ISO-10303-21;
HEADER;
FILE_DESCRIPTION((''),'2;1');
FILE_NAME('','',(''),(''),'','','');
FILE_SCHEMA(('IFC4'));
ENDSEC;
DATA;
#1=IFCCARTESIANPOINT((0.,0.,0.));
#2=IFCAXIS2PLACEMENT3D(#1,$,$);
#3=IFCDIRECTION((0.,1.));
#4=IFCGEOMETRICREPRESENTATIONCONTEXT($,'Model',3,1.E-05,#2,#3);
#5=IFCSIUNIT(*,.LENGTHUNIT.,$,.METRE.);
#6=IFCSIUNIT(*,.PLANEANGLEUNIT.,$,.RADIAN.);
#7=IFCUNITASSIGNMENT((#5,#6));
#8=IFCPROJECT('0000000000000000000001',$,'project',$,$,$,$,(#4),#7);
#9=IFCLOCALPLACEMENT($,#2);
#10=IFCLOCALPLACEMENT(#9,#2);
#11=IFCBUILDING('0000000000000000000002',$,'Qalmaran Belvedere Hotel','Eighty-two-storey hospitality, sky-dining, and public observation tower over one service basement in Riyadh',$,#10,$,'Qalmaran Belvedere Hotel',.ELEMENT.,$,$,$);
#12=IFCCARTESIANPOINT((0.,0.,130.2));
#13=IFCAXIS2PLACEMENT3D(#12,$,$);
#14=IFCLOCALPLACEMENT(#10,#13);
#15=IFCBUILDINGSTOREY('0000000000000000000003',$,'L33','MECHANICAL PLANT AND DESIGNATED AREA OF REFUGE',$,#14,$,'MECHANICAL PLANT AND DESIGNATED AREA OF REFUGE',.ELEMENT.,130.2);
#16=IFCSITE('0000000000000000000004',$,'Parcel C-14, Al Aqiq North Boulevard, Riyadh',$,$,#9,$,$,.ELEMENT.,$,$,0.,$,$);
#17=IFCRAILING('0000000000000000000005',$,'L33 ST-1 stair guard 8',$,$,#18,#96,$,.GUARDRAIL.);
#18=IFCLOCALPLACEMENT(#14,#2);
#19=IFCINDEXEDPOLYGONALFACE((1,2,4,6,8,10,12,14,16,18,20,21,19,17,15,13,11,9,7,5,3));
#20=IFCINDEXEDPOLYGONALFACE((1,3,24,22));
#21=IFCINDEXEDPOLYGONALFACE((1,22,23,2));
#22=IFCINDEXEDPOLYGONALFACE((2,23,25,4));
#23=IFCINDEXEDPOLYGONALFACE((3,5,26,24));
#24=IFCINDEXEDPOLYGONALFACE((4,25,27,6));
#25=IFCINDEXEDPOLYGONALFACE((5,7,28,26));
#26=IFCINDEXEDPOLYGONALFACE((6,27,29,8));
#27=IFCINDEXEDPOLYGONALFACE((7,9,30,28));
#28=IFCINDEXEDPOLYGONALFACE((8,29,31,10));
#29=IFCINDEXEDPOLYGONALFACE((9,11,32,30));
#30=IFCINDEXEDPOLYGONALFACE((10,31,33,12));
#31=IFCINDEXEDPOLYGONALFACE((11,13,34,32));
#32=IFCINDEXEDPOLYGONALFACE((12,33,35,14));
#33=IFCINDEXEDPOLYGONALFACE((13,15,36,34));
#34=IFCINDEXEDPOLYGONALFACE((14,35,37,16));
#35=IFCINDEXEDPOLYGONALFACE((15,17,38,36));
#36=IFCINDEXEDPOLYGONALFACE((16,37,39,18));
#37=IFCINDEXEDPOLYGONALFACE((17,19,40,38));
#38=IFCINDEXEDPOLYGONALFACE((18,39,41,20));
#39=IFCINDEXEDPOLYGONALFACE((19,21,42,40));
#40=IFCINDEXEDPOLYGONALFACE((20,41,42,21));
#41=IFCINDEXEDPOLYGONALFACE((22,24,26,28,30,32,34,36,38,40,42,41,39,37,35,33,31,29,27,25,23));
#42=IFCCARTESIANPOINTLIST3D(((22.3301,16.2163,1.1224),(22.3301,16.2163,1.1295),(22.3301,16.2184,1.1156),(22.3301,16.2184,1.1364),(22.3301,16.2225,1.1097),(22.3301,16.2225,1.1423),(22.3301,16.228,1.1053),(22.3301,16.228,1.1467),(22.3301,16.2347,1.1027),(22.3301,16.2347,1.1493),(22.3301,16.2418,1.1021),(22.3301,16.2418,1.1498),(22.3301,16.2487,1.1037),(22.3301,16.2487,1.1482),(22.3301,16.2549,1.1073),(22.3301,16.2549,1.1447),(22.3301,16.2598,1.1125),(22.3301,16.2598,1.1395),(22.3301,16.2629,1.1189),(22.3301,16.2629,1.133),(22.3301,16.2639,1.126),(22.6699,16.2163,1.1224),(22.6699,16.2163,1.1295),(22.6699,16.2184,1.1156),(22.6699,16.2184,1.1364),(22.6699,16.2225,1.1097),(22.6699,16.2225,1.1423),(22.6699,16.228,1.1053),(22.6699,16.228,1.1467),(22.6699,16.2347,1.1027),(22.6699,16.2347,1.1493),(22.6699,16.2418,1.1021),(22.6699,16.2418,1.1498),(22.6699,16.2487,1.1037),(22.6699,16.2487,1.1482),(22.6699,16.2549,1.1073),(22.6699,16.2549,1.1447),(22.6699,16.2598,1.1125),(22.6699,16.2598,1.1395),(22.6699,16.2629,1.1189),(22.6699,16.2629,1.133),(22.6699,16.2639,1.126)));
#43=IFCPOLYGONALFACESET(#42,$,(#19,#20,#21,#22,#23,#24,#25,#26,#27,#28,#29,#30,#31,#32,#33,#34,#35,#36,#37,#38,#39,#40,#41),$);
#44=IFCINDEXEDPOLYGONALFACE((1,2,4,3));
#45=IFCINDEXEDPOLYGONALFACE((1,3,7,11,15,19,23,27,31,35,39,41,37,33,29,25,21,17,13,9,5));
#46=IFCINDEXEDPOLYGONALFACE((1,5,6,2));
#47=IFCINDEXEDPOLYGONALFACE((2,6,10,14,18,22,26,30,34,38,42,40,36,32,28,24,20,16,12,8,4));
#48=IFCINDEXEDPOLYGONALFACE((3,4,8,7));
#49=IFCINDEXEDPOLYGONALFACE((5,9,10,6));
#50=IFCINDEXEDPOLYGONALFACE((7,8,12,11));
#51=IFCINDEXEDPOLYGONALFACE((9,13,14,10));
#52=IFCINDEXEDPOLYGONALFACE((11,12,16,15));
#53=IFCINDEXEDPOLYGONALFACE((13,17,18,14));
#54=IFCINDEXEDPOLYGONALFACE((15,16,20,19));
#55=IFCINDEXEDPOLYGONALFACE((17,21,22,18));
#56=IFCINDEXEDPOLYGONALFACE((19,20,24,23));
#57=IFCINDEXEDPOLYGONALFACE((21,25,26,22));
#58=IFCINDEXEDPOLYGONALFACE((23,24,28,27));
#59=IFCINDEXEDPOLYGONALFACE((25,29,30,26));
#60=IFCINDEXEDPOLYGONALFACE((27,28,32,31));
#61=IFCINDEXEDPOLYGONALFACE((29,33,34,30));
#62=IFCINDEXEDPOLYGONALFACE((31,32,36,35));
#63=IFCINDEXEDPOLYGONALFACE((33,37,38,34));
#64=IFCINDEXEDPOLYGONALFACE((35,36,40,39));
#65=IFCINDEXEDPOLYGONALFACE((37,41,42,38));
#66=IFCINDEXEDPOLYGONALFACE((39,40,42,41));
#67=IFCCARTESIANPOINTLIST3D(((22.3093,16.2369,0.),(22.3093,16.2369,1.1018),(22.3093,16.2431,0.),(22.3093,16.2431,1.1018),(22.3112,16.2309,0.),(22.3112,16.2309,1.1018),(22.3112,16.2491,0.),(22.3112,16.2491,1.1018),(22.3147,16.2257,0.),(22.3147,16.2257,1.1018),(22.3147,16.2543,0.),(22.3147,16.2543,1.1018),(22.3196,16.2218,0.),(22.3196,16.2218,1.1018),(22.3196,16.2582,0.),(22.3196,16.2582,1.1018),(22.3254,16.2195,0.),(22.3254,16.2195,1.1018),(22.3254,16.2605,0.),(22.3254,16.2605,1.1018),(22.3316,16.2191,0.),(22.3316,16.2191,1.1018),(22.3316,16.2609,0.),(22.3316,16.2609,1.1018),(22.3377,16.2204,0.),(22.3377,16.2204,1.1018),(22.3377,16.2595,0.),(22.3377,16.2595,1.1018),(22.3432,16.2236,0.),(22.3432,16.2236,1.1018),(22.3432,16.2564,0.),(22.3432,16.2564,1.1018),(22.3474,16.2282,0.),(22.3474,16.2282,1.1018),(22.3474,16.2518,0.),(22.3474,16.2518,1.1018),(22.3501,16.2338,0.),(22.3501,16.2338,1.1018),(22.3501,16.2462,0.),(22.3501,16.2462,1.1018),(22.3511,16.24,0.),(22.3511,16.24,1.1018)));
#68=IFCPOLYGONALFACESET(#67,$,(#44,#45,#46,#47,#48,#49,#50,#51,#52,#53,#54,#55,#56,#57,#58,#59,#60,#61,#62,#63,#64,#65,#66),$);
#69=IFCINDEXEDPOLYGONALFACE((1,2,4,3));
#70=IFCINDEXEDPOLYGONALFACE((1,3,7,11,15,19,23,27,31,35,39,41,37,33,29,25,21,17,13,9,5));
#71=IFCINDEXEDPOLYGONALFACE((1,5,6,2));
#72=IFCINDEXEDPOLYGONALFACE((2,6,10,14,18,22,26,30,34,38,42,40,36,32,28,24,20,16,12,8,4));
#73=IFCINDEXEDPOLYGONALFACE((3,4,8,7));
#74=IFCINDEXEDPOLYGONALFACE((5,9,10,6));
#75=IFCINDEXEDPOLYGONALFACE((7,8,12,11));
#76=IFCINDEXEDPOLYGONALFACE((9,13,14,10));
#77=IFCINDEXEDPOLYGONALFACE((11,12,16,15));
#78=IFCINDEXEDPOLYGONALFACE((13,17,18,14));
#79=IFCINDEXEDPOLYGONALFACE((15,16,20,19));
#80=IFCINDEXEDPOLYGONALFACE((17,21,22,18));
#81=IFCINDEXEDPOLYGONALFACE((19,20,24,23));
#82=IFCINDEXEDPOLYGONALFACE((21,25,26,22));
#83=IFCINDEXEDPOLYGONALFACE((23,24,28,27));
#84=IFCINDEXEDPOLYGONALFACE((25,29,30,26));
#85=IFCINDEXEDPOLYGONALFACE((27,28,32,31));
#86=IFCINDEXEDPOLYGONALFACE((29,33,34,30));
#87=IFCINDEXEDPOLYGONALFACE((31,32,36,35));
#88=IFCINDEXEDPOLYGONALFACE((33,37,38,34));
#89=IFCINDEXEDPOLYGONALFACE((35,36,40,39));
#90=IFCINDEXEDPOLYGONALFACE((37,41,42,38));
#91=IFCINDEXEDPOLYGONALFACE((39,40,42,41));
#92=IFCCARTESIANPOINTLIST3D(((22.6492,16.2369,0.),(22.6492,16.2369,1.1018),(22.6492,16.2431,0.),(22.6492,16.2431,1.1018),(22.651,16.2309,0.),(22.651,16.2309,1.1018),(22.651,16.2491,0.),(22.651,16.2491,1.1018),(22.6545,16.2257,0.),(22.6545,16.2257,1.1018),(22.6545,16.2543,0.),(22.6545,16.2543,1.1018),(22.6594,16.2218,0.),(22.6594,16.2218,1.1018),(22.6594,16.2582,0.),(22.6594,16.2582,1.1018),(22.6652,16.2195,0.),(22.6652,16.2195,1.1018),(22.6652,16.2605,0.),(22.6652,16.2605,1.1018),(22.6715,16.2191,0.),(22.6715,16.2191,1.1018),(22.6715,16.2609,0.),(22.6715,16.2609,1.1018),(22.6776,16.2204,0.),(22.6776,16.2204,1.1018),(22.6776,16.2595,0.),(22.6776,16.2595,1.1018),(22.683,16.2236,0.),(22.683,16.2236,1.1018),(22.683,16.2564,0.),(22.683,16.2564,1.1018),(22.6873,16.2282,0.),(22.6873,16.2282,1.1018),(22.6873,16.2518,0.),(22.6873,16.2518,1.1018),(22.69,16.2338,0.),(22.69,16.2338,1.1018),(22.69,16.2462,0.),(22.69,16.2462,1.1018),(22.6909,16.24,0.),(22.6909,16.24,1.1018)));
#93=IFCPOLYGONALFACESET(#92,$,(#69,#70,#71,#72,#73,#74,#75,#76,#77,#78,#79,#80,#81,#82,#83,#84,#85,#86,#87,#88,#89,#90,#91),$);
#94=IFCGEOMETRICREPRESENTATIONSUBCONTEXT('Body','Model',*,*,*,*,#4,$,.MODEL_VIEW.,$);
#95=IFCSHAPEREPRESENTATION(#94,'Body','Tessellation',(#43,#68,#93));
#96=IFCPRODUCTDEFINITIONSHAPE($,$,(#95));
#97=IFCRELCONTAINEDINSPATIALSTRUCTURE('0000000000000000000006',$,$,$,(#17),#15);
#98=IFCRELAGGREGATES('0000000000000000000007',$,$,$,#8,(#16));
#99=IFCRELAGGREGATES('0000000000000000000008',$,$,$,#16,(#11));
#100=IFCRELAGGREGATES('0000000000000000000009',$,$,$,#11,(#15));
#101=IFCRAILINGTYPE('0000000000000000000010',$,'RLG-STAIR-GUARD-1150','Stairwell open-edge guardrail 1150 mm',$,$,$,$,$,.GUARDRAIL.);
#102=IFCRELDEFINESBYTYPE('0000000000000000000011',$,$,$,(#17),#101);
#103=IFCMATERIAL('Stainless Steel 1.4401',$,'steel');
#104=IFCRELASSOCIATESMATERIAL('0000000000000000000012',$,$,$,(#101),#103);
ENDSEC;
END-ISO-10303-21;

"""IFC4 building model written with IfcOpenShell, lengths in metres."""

from ifc_helpers import new_model, si_unit, direction, frame, origin, origin_2d, place, context, subcontext, project, spatial, circle, extrude, material, type_object, element, save


model = new_model("IFC4")

# Units and contexts
model_context = context("Model", 3, precision=1e-05, world=origin(), true_north=direction((0.0, 1.0)))
body_context = subcontext(model_context, "Body", "Model", "MODEL_VIEW")
ifc_project = project(units=[si_unit("LENGTHUNIT", "METRE"), si_unit("PLANEANGLEUNIT", "RADIAN")], contexts=[model_context])

# Site, building, storey
site_placement = place(None, origin())
site = spatial("IfcSite", under=ifc_project, at=site_placement, Name="Parcel C-14, Al Aqiq North Boulevard, Riyadh", CompositionType="ELEMENT", RefElevation=0.0)
building_placement = place(site_placement, origin())
building = spatial("IfcBuilding", under=site, at=building_placement, Name="Qalmaran Belvedere Hotel", Description="Eighty-two-storey hospitality, sky-dining, and public observation tower over one service basement in Riyadh", LongName="Qalmaran Belvedere Hotel", CompositionType="ELEMENT")
storey_placement = place(building_placement, frame((0.0, 0.0, 130.2)))
storey = spatial("IfcBuildingStorey", under=building, at=storey_placement, Name="L33", Description="MECHANICAL PLANT AND DESIGNATED AREA OF REFUGE", LongName="MECHANICAL PLANT AND DESIGNATED AREA OF REFUGE", CompositionType="ELEMENT", Elevation=130.2)

# Railing
ifc_material_1 = material(Name="Stainless Steel 1.4401", Category="steel")
railing_type_1 = type_object("IfcRailingType", Name="RLG-STAIR-GUARD-1150", Description="Stairwell open-edge guardrail 1150 mm", PredefinedType="GUARDRAIL", material=ifc_material_1)
railing_1_placement = place(storey_placement, frame((22.3301, 16.24, 0.0)))
element("IfcRailing", 1, at=railing_1_placement, inside=storey, type_object=railing_type_1, Name="L33 ST-1 stair guard 8", PredefinedType="GUARDRAIL", context=body_context, shape_type="SweptSolid", body=[
    extrude(circle(Radius=0.0239, at=origin_2d()), frame((0.0, 0.0, 1.126), z_axis=(1.0, 0.0, 0.0), x_axis=(0.0, 1.0, 0.0)), (0.0, 0.0, 1.0), 0.3398),
    extrude(circle(Radius=0.021, at=origin_2d()), origin(), (0.0, 0.0, 1.0), 1.1018),
    extrude(circle(Radius=0.021, at=origin_2d()), frame((0.3398, 0.0, 0.0)), (0.0, 0.0, 1.0), 1.1018),
])

save(model, "model.ifc")
